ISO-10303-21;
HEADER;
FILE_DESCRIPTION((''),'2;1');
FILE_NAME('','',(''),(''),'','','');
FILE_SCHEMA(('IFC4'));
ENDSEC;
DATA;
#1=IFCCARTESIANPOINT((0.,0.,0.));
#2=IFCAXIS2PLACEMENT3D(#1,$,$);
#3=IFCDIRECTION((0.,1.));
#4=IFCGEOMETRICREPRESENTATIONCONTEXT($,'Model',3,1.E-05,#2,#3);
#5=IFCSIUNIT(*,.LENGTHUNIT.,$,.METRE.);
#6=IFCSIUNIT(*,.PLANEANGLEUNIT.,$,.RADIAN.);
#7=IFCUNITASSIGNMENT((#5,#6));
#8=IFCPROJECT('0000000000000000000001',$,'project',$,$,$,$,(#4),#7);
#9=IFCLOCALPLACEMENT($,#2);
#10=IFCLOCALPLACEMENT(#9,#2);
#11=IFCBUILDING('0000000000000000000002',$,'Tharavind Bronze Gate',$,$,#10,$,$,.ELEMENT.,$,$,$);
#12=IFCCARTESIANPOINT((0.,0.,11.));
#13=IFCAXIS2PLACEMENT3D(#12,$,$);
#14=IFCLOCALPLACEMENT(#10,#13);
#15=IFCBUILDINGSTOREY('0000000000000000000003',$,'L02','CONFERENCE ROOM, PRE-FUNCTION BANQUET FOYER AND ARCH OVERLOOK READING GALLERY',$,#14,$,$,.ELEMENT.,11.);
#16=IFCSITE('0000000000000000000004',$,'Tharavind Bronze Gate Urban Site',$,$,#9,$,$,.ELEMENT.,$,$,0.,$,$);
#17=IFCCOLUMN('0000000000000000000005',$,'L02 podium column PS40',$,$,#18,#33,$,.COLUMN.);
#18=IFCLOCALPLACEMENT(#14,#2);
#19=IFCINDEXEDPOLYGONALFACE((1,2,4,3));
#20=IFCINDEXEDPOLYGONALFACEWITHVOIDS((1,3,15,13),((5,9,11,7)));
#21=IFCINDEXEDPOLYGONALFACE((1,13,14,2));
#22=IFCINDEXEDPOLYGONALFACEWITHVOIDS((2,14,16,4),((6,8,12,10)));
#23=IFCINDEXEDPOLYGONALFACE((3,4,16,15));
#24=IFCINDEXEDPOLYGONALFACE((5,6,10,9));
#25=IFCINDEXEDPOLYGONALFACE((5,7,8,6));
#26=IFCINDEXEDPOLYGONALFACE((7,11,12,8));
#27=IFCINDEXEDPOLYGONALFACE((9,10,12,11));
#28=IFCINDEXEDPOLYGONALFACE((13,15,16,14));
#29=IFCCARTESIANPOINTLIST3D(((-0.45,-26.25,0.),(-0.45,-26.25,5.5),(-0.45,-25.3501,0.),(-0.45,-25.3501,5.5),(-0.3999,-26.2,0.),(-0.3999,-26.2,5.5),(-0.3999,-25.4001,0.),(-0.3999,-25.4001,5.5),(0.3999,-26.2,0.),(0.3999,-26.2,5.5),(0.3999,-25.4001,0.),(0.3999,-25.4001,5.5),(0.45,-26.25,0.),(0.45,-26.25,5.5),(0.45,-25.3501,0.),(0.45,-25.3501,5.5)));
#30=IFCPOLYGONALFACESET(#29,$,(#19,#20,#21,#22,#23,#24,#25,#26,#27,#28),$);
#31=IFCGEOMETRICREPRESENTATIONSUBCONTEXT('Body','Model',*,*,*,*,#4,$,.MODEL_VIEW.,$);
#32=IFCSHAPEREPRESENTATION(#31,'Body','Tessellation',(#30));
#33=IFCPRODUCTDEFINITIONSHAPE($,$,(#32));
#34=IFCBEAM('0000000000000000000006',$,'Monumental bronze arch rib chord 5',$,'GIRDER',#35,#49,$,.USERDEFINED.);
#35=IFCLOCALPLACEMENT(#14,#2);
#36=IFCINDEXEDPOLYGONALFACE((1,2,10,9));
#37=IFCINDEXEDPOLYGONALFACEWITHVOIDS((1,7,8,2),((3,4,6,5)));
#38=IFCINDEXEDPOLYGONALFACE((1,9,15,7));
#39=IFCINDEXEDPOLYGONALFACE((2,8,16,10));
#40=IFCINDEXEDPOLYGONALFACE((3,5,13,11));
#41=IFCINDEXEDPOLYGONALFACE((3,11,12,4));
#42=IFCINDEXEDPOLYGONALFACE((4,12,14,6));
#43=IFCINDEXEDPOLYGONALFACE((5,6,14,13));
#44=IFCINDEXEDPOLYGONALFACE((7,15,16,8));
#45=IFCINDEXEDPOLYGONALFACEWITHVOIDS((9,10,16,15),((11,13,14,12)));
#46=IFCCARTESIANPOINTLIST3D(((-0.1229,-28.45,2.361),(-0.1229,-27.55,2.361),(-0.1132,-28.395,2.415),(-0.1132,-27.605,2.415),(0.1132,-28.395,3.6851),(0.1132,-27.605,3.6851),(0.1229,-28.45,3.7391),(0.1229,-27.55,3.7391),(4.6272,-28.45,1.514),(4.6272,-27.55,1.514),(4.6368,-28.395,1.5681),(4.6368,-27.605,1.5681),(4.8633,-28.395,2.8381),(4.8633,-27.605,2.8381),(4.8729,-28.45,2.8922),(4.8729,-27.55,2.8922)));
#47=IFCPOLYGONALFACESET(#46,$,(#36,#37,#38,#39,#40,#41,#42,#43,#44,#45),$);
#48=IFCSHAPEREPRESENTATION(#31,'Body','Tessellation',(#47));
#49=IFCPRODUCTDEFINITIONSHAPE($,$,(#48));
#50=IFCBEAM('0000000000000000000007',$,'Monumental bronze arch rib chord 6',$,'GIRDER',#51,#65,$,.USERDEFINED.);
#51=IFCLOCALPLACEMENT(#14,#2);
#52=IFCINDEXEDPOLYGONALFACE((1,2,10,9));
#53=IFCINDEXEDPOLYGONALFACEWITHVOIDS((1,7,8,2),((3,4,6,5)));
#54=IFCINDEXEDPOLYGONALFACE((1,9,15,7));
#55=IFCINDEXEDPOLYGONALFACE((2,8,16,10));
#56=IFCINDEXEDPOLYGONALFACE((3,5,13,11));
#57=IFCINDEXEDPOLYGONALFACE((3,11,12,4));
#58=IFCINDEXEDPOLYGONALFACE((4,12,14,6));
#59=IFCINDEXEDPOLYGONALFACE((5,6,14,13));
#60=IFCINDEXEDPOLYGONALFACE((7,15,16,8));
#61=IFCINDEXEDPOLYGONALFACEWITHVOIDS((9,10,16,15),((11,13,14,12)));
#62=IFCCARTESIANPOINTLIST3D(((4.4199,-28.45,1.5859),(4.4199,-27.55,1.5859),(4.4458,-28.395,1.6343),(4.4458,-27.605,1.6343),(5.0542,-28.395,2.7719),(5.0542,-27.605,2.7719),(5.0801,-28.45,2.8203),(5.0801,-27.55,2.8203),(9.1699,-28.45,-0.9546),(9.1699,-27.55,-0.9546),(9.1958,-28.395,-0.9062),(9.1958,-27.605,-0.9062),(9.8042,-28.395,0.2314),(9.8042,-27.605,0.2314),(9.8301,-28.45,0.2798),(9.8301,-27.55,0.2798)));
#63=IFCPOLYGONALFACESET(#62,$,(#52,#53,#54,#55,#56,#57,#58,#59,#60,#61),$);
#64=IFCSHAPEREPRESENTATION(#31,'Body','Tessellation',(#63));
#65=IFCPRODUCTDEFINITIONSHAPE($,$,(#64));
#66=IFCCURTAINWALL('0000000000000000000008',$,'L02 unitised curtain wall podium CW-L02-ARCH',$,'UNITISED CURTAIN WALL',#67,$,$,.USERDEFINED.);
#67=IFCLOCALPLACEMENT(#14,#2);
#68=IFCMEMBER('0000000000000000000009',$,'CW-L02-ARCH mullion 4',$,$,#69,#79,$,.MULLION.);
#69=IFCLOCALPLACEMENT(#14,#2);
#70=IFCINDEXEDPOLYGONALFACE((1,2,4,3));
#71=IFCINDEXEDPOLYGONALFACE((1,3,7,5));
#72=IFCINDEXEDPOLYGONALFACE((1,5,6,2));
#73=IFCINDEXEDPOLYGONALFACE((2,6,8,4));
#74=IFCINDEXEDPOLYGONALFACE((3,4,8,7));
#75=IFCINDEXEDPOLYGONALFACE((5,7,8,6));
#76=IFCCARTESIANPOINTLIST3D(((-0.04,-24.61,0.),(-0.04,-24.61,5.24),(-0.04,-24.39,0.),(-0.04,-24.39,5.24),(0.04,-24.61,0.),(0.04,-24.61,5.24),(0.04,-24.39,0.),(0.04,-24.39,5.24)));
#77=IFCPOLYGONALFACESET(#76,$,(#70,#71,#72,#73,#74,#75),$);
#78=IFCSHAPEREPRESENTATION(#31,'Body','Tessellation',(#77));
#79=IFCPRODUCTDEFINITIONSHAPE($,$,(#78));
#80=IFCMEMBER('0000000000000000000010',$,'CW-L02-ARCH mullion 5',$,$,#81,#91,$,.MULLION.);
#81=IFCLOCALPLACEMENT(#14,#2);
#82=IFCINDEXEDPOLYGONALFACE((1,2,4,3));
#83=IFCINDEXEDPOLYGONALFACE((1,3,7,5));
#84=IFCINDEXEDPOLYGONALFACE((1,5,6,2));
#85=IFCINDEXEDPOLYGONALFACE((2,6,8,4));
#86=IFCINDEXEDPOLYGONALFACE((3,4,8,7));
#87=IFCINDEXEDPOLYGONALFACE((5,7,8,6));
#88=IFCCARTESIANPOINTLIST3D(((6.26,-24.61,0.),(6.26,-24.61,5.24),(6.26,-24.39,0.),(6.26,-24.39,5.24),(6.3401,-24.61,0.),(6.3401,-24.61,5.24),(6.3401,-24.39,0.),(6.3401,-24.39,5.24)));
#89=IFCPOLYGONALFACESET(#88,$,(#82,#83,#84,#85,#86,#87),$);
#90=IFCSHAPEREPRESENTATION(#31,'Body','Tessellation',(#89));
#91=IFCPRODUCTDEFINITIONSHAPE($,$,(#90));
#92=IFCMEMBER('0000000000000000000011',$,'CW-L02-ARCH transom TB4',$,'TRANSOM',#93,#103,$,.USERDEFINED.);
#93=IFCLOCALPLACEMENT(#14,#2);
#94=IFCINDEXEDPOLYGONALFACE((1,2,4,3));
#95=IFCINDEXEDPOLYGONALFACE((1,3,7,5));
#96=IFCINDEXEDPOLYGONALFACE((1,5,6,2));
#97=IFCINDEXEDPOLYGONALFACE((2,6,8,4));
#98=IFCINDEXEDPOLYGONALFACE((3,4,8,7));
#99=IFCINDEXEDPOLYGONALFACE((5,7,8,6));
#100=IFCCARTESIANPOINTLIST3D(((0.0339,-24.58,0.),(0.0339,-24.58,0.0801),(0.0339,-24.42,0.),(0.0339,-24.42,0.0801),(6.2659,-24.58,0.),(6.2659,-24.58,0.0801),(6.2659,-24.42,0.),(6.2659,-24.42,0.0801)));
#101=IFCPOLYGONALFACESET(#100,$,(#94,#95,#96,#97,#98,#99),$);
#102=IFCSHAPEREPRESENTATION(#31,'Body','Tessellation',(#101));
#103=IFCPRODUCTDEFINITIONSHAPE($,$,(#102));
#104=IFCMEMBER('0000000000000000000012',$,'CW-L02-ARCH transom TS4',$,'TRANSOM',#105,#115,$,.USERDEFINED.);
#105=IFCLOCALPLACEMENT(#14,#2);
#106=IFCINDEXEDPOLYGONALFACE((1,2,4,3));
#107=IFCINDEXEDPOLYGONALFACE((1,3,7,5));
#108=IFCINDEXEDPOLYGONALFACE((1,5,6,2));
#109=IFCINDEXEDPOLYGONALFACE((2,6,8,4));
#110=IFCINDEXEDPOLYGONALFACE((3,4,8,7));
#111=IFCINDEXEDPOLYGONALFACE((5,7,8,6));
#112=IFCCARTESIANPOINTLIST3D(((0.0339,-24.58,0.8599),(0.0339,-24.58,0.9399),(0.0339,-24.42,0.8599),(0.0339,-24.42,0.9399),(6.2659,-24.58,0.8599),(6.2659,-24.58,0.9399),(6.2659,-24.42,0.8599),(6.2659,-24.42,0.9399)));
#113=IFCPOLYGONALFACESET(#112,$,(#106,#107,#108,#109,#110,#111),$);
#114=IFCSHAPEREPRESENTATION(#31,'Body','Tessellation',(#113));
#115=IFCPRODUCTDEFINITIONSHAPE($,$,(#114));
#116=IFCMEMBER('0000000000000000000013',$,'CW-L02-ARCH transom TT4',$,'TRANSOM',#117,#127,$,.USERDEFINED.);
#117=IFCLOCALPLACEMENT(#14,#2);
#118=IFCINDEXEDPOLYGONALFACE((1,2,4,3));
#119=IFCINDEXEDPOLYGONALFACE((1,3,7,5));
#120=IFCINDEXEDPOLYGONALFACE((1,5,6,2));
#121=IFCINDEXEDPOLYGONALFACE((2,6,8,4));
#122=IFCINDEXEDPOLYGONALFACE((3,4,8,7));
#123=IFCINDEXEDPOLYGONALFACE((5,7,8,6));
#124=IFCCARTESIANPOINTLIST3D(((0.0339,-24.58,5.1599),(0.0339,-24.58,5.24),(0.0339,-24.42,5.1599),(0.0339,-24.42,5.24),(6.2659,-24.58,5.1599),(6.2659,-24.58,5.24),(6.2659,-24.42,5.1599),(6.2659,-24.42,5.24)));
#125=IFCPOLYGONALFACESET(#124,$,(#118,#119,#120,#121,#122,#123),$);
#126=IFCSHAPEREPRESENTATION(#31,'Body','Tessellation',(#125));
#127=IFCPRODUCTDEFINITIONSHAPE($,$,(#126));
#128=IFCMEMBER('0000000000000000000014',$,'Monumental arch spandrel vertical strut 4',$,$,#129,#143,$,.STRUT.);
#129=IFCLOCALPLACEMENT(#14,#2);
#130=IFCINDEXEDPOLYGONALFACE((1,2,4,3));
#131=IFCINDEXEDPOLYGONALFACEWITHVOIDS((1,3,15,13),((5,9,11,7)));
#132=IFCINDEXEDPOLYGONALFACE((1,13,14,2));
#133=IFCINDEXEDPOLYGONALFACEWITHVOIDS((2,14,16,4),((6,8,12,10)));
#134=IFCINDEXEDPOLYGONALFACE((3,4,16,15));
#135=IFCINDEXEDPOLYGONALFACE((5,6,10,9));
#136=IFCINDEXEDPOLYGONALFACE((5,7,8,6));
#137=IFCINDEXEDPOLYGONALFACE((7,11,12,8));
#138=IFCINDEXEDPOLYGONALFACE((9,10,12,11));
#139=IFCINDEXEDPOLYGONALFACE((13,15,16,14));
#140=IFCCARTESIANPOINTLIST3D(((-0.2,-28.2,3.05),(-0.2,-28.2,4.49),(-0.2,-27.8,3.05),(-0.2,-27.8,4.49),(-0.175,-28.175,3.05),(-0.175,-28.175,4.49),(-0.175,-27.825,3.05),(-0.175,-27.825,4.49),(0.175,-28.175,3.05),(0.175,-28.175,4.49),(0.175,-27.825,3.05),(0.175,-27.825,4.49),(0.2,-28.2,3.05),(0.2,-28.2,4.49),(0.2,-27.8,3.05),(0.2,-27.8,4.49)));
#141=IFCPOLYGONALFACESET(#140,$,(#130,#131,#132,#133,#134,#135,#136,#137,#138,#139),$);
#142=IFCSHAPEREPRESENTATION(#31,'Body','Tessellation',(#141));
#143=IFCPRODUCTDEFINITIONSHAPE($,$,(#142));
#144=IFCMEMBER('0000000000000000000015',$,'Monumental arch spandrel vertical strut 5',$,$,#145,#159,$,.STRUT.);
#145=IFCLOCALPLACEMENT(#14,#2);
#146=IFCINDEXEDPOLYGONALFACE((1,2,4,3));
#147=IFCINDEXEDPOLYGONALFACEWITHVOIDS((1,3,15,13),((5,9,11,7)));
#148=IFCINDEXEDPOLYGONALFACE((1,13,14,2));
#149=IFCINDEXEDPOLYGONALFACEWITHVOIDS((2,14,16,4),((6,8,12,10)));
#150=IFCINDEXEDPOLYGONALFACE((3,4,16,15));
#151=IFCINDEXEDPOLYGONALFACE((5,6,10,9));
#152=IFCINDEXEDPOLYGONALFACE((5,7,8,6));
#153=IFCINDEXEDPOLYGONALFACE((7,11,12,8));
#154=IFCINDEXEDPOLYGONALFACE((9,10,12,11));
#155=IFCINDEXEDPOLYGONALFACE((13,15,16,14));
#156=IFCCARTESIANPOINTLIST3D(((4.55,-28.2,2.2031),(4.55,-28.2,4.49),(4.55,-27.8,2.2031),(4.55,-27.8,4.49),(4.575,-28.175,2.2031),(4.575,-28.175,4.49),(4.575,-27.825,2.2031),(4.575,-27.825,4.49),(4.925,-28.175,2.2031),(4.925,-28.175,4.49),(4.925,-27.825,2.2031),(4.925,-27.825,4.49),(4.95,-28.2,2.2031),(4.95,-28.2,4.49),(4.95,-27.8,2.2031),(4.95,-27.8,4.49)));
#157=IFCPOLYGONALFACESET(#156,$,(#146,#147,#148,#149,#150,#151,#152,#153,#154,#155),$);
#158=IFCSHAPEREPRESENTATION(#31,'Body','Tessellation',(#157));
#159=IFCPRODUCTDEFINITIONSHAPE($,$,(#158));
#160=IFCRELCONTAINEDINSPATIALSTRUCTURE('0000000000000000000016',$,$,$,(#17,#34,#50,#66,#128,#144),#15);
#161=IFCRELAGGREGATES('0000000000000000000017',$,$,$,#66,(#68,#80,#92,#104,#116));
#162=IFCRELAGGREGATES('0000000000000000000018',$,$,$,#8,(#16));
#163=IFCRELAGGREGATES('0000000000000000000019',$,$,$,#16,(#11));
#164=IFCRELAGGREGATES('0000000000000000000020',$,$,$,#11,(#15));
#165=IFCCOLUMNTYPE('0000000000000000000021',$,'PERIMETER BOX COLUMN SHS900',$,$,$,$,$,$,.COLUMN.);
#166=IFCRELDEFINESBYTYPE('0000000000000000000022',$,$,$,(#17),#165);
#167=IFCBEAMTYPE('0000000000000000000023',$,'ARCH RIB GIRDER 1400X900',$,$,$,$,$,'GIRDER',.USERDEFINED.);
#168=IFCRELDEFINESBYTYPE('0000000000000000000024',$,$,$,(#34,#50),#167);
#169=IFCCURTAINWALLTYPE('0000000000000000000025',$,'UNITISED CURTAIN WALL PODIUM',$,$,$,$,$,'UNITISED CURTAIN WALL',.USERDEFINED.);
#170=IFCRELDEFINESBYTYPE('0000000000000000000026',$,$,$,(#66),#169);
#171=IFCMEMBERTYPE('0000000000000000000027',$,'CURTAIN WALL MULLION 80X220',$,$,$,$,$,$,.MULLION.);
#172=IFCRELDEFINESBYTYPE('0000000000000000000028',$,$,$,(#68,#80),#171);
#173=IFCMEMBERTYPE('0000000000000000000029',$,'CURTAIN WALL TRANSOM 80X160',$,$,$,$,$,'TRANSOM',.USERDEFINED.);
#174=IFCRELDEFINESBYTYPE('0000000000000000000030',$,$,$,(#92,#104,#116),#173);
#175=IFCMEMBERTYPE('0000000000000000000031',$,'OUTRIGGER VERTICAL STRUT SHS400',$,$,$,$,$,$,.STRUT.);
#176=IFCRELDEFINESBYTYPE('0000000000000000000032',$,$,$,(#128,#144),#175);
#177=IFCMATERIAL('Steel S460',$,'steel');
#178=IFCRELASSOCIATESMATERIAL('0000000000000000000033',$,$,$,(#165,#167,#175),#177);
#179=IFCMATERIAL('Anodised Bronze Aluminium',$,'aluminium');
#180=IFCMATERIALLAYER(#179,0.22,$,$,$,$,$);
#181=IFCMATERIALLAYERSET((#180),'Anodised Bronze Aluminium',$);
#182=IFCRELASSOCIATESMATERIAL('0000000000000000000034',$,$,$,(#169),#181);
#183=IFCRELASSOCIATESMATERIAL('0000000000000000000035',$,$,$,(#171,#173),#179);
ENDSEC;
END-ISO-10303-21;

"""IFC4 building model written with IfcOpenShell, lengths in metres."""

from ifc_helpers import new_model, si_unit, direction, frame, origin, origin_2d, place, context, subcontext, project, spatial, rectangle, hollow_rectangle, extrude, material, layer, layer_set, material_profile, profile_set, type_object, element, aggregate, save


model = new_model("IFC4")

# Units and contexts
model_context = context("Model", 3, precision=1e-05, world=origin(), true_north=direction((0.0, 1.0)))
body_context = subcontext(model_context, "Body", "Model", "MODEL_VIEW")
ifc_project = project(units=[si_unit("LENGTHUNIT", "METRE"), si_unit("PLANEANGLEUNIT", "RADIAN")], contexts=[model_context])

# Site, building, storey
site_placement = place(None, origin())
site = spatial("IfcSite", under=ifc_project, at=site_placement, Name="Tharavind Bronze Gate Urban Site", CompositionType="ELEMENT", RefElevation=0.0)
building_placement = place(site_placement, origin())
building = spatial("IfcBuilding", under=site, at=building_placement, Name="Tharavind Bronze Gate", CompositionType="ELEMENT")
storey_placement = place(building_placement, frame((0.0, 0.0, 11.0)))
storey = spatial("IfcBuildingStorey", under=building, at=storey_placement, Name="L02", Description="CONFERENCE ROOM, PRE-FUNCTION BANQUET FOYER AND ARCH OVERLOOK READING GALLERY", CompositionType="ELEMENT", Elevation=11.0)

# Column
ifc_material_1 = material(Name="Steel S460", Category="steel")
ifc_material_profile_1 = material_profile(ifc_material_1, hollow_rectangle(XDim=0.8999, YDim=0.8999, WallThickness=0.05, at=origin_2d()), Name="SHS900X50")
ifc_profile_set_1 = profile_set([ifc_material_profile_1], Name="Steel S460")
column_type = type_object("IfcColumnType", Name="PERIMETER BOX COLUMN SHS900", PredefinedType="COLUMN", material=ifc_profile_set_1)
column_placement = place(storey_placement, frame((0.0, -25.8, 0.0), z_axis=(0.0, 0.0, 1.0), x_axis=(1.0, 0.0, 0.0)))
element("IfcColumn", 1, at=column_placement, inside=storey, type_object=column_type, Name="L02 podium column PS40", PredefinedType="COLUMN", context=body_context, shape_type="SweptSolid", body=[
    extrude(hollow_rectangle(XDim=0.8999, YDim=0.8999, WallThickness=0.05, at=origin_2d()), origin(), (0.0, 0.0, 1.0), 5.5),
])

# Beams
ifc_material_profile_2 = material_profile(ifc_material_1, hollow_rectangle(XDim=0.8999, YDim=1.3999, WallThickness=0.0549, at=origin_2d()), Name="RHS1400X900X55")
ifc_profile_set_2 = profile_set([ifc_material_profile_2], Name="Steel S460")
beam_type_1 = type_object("IfcBeamType", Name="ARCH RIB GIRDER 1400X900", ElementType="GIRDER", PredefinedType="USERDEFINED", material=ifc_profile_set_2)
beam_1_placement = place(storey_placement, frame((0.0, -28.0, 3.05), z_axis=(0.984474, 0.0, -0.175531), x_axis=(0.0, 1.0, 0.0)))
element("IfcBeam", 2, at=beam_1_placement, inside=storey, type_object=beam_type_1, Name="Monumental bronze arch rib chord 5", ObjectType="GIRDER", PredefinedType="USERDEFINED", context=body_context, shape_type="SweptSolid", body=[
    extrude(hollow_rectangle(XDim=0.8999, YDim=1.3999, WallThickness=0.0549, at=origin_2d()), origin(), (0.0, 0.0, 1.0), 4.825),
])
beam_2_placement = place(storey_placement, frame((4.75, -28.0, 2.2031), z_axis=(0.881798, 0.0, -0.471628), x_axis=(0.0, 1.0, 0.0)))
element("IfcBeam", 3, at=beam_2_placement, inside=storey, type_object=beam_type_1, Name="Monumental bronze arch rib chord 6", ObjectType="GIRDER", PredefinedType="USERDEFINED", context=body_context, shape_type="SweptSolid", body=[
    extrude(hollow_rectangle(XDim=0.8999, YDim=1.3999, WallThickness=0.0549, at=origin_2d()), origin(), (0.0, 0.0, 1.0), 5.3867),
])

# Curtain wall, members
ifc_material_2 = material(Name="Anodised Bronze Aluminium", Category="aluminium")
ifc_layer_1 = layer(ifc_material_2, 0.22)
ifc_layer_set_1 = layer_set([ifc_layer_1], Name="Anodised Bronze Aluminium")
curtain_wall_type = type_object("IfcCurtainWallType", Name="UNITISED CURTAIN WALL PODIUM", ElementType="UNITISED CURTAIN WALL", PredefinedType="USERDEFINED", material=ifc_layer_set_1)
curtain_wall_placement = place(storey_placement, origin())
curtain_wall = element("IfcCurtainWall", 4, at=curtain_wall_placement, inside=storey, type_object=curtain_wall_type, Name="L02 unitised curtain wall podium CW-L02-ARCH", ObjectType="UNITISED CURTAIN WALL", PredefinedType="USERDEFINED")
member_type_1 = type_object("IfcMemberType", Name="CURTAIN WALL MULLION 80X220", PredefinedType="MULLION", material=ifc_material_2)
member_1_placement = place(storey_placement, frame((0.0, -24.5, 0.0), z_axis=(0.0, 0.0, 1.0), x_axis=(1.0, 0.0, 0.0)))
member_1 = element("IfcMember", 5, at=member_1_placement, type_object=member_type_1, Name="CW-L02-ARCH mullion 4", PredefinedType="MULLION", context=body_context, shape_type="SweptSolid", body=[
    extrude(rectangle(XDim=0.0801, YDim=0.22, at=origin_2d()), origin(), (0.0, 0.0, 1.0), 5.24),
])
member_2_placement = place(storey_placement, frame((6.3, -24.5, 0.0), z_axis=(0.0, 0.0, 1.0), x_axis=(1.0, 0.0, 0.0)))
member_2 = element("IfcMember", 6, at=member_2_placement, type_object=member_type_1, Name="CW-L02-ARCH mullion 5", PredefinedType="MULLION", context=body_context, shape_type="SweptSolid", body=[
    extrude(rectangle(XDim=0.0801, YDim=0.22, at=origin_2d()), origin(), (0.0, 0.0, 1.0), 5.24),
])
member_type_2 = type_object("IfcMemberType", Name="CURTAIN WALL TRANSOM 80X160", ElementType="TRANSOM", PredefinedType="USERDEFINED", material=ifc_material_2)
member_3_placement = place(storey_placement, frame((3.1499, -24.5, 0.0), z_axis=(0.0, 0.0, 1.0), x_axis=(1.0, 0.0, 0.0)))
member_3 = element("IfcMember", 7, at=member_3_placement, type_object=member_type_2, Name="CW-L02-ARCH transom TB4", ObjectType="TRANSOM", PredefinedType="USERDEFINED", context=body_context, shape_type="SweptSolid", body=[
    extrude(rectangle(XDim=6.2319, YDim=0.1599, at=origin_2d()), origin(), (0.0, 0.0, 1.0), 0.0801),
])
member_4_placement = place(storey_placement, frame((3.1499, -24.5, 0.8599), z_axis=(0.0, 0.0, 1.0), x_axis=(1.0, 0.0, 0.0)))
member_4 = element("IfcMember", 8, at=member_4_placement, type_object=member_type_2, Name="CW-L02-ARCH transom TS4", ObjectType="TRANSOM", PredefinedType="USERDEFINED", context=body_context, shape_type="SweptSolid", body=[
    extrude(rectangle(XDim=6.2319, YDim=0.1599, at=origin_2d()), origin(), (0.0, 0.0, 1.0), 0.0801),
])
member_5_placement = place(storey_placement, frame((3.1499, -24.5, 5.1599), z_axis=(0.0, 0.0, 1.0), x_axis=(1.0, 0.0, 0.0)))
member_5 = element("IfcMember", 9, at=member_5_placement, type_object=member_type_2, Name="CW-L02-ARCH transom TT4", ObjectType="TRANSOM", PredefinedType="USERDEFINED", context=body_context, shape_type="SweptSolid", body=[
    extrude(rectangle(XDim=6.2319, YDim=0.1599, at=origin_2d()), origin(), (0.0, 0.0, 1.0), 0.0801),
])

# Members
ifc_material_profile_3 = material_profile(ifc_material_1, hollow_rectangle(XDim=0.3999, YDim=0.3999, WallThickness=0.0249, at=origin_2d()), Name="SHS400X25")
ifc_profile_set_3 = profile_set([ifc_material_profile_3], Name="Steel S460")
member_type_3 = type_object("IfcMemberType", Name="OUTRIGGER VERTICAL STRUT SHS400", PredefinedType="STRUT", material=ifc_profile_set_3)
member_6_placement = place(storey_placement, frame((0.0, -28.0, 3.05), z_axis=(0.0, 0.0, 1.0), x_axis=(1.0, 0.0, 0.0)))
element("IfcMember", 10, at=member_6_placement, inside=storey, type_object=member_type_3, Name="Monumental arch spandrel vertical strut 4", PredefinedType="STRUT", context=body_context, shape_type="SweptSolid", body=[
    extrude(hollow_rectangle(XDim=0.3999, YDim=0.3999, WallThickness=0.0249, at=origin_2d()), origin(), (0.0, 0.0, 1.0), 1.4399),
])
member_7_placement = place(storey_placement, frame((4.75, -28.0, 2.2031), z_axis=(0.0, 0.0, 1.0), x_axis=(1.0, 0.0, 0.0)))
element("IfcMember", 11, at=member_7_placement, inside=storey, type_object=member_type_3, Name="Monumental arch spandrel vertical strut 5", PredefinedType="STRUT", context=body_context, shape_type="SweptSolid", body=[
    extrude(hollow_rectangle(XDim=0.3999, YDim=0.3999, WallThickness=0.0249, at=origin_2d()), origin(), (0.0, 0.0, 1.0), 2.2869),
])

aggregate(curtain_wall, [member_1, member_2, member_3, member_4, member_5])

save(model, "model.ifc")
